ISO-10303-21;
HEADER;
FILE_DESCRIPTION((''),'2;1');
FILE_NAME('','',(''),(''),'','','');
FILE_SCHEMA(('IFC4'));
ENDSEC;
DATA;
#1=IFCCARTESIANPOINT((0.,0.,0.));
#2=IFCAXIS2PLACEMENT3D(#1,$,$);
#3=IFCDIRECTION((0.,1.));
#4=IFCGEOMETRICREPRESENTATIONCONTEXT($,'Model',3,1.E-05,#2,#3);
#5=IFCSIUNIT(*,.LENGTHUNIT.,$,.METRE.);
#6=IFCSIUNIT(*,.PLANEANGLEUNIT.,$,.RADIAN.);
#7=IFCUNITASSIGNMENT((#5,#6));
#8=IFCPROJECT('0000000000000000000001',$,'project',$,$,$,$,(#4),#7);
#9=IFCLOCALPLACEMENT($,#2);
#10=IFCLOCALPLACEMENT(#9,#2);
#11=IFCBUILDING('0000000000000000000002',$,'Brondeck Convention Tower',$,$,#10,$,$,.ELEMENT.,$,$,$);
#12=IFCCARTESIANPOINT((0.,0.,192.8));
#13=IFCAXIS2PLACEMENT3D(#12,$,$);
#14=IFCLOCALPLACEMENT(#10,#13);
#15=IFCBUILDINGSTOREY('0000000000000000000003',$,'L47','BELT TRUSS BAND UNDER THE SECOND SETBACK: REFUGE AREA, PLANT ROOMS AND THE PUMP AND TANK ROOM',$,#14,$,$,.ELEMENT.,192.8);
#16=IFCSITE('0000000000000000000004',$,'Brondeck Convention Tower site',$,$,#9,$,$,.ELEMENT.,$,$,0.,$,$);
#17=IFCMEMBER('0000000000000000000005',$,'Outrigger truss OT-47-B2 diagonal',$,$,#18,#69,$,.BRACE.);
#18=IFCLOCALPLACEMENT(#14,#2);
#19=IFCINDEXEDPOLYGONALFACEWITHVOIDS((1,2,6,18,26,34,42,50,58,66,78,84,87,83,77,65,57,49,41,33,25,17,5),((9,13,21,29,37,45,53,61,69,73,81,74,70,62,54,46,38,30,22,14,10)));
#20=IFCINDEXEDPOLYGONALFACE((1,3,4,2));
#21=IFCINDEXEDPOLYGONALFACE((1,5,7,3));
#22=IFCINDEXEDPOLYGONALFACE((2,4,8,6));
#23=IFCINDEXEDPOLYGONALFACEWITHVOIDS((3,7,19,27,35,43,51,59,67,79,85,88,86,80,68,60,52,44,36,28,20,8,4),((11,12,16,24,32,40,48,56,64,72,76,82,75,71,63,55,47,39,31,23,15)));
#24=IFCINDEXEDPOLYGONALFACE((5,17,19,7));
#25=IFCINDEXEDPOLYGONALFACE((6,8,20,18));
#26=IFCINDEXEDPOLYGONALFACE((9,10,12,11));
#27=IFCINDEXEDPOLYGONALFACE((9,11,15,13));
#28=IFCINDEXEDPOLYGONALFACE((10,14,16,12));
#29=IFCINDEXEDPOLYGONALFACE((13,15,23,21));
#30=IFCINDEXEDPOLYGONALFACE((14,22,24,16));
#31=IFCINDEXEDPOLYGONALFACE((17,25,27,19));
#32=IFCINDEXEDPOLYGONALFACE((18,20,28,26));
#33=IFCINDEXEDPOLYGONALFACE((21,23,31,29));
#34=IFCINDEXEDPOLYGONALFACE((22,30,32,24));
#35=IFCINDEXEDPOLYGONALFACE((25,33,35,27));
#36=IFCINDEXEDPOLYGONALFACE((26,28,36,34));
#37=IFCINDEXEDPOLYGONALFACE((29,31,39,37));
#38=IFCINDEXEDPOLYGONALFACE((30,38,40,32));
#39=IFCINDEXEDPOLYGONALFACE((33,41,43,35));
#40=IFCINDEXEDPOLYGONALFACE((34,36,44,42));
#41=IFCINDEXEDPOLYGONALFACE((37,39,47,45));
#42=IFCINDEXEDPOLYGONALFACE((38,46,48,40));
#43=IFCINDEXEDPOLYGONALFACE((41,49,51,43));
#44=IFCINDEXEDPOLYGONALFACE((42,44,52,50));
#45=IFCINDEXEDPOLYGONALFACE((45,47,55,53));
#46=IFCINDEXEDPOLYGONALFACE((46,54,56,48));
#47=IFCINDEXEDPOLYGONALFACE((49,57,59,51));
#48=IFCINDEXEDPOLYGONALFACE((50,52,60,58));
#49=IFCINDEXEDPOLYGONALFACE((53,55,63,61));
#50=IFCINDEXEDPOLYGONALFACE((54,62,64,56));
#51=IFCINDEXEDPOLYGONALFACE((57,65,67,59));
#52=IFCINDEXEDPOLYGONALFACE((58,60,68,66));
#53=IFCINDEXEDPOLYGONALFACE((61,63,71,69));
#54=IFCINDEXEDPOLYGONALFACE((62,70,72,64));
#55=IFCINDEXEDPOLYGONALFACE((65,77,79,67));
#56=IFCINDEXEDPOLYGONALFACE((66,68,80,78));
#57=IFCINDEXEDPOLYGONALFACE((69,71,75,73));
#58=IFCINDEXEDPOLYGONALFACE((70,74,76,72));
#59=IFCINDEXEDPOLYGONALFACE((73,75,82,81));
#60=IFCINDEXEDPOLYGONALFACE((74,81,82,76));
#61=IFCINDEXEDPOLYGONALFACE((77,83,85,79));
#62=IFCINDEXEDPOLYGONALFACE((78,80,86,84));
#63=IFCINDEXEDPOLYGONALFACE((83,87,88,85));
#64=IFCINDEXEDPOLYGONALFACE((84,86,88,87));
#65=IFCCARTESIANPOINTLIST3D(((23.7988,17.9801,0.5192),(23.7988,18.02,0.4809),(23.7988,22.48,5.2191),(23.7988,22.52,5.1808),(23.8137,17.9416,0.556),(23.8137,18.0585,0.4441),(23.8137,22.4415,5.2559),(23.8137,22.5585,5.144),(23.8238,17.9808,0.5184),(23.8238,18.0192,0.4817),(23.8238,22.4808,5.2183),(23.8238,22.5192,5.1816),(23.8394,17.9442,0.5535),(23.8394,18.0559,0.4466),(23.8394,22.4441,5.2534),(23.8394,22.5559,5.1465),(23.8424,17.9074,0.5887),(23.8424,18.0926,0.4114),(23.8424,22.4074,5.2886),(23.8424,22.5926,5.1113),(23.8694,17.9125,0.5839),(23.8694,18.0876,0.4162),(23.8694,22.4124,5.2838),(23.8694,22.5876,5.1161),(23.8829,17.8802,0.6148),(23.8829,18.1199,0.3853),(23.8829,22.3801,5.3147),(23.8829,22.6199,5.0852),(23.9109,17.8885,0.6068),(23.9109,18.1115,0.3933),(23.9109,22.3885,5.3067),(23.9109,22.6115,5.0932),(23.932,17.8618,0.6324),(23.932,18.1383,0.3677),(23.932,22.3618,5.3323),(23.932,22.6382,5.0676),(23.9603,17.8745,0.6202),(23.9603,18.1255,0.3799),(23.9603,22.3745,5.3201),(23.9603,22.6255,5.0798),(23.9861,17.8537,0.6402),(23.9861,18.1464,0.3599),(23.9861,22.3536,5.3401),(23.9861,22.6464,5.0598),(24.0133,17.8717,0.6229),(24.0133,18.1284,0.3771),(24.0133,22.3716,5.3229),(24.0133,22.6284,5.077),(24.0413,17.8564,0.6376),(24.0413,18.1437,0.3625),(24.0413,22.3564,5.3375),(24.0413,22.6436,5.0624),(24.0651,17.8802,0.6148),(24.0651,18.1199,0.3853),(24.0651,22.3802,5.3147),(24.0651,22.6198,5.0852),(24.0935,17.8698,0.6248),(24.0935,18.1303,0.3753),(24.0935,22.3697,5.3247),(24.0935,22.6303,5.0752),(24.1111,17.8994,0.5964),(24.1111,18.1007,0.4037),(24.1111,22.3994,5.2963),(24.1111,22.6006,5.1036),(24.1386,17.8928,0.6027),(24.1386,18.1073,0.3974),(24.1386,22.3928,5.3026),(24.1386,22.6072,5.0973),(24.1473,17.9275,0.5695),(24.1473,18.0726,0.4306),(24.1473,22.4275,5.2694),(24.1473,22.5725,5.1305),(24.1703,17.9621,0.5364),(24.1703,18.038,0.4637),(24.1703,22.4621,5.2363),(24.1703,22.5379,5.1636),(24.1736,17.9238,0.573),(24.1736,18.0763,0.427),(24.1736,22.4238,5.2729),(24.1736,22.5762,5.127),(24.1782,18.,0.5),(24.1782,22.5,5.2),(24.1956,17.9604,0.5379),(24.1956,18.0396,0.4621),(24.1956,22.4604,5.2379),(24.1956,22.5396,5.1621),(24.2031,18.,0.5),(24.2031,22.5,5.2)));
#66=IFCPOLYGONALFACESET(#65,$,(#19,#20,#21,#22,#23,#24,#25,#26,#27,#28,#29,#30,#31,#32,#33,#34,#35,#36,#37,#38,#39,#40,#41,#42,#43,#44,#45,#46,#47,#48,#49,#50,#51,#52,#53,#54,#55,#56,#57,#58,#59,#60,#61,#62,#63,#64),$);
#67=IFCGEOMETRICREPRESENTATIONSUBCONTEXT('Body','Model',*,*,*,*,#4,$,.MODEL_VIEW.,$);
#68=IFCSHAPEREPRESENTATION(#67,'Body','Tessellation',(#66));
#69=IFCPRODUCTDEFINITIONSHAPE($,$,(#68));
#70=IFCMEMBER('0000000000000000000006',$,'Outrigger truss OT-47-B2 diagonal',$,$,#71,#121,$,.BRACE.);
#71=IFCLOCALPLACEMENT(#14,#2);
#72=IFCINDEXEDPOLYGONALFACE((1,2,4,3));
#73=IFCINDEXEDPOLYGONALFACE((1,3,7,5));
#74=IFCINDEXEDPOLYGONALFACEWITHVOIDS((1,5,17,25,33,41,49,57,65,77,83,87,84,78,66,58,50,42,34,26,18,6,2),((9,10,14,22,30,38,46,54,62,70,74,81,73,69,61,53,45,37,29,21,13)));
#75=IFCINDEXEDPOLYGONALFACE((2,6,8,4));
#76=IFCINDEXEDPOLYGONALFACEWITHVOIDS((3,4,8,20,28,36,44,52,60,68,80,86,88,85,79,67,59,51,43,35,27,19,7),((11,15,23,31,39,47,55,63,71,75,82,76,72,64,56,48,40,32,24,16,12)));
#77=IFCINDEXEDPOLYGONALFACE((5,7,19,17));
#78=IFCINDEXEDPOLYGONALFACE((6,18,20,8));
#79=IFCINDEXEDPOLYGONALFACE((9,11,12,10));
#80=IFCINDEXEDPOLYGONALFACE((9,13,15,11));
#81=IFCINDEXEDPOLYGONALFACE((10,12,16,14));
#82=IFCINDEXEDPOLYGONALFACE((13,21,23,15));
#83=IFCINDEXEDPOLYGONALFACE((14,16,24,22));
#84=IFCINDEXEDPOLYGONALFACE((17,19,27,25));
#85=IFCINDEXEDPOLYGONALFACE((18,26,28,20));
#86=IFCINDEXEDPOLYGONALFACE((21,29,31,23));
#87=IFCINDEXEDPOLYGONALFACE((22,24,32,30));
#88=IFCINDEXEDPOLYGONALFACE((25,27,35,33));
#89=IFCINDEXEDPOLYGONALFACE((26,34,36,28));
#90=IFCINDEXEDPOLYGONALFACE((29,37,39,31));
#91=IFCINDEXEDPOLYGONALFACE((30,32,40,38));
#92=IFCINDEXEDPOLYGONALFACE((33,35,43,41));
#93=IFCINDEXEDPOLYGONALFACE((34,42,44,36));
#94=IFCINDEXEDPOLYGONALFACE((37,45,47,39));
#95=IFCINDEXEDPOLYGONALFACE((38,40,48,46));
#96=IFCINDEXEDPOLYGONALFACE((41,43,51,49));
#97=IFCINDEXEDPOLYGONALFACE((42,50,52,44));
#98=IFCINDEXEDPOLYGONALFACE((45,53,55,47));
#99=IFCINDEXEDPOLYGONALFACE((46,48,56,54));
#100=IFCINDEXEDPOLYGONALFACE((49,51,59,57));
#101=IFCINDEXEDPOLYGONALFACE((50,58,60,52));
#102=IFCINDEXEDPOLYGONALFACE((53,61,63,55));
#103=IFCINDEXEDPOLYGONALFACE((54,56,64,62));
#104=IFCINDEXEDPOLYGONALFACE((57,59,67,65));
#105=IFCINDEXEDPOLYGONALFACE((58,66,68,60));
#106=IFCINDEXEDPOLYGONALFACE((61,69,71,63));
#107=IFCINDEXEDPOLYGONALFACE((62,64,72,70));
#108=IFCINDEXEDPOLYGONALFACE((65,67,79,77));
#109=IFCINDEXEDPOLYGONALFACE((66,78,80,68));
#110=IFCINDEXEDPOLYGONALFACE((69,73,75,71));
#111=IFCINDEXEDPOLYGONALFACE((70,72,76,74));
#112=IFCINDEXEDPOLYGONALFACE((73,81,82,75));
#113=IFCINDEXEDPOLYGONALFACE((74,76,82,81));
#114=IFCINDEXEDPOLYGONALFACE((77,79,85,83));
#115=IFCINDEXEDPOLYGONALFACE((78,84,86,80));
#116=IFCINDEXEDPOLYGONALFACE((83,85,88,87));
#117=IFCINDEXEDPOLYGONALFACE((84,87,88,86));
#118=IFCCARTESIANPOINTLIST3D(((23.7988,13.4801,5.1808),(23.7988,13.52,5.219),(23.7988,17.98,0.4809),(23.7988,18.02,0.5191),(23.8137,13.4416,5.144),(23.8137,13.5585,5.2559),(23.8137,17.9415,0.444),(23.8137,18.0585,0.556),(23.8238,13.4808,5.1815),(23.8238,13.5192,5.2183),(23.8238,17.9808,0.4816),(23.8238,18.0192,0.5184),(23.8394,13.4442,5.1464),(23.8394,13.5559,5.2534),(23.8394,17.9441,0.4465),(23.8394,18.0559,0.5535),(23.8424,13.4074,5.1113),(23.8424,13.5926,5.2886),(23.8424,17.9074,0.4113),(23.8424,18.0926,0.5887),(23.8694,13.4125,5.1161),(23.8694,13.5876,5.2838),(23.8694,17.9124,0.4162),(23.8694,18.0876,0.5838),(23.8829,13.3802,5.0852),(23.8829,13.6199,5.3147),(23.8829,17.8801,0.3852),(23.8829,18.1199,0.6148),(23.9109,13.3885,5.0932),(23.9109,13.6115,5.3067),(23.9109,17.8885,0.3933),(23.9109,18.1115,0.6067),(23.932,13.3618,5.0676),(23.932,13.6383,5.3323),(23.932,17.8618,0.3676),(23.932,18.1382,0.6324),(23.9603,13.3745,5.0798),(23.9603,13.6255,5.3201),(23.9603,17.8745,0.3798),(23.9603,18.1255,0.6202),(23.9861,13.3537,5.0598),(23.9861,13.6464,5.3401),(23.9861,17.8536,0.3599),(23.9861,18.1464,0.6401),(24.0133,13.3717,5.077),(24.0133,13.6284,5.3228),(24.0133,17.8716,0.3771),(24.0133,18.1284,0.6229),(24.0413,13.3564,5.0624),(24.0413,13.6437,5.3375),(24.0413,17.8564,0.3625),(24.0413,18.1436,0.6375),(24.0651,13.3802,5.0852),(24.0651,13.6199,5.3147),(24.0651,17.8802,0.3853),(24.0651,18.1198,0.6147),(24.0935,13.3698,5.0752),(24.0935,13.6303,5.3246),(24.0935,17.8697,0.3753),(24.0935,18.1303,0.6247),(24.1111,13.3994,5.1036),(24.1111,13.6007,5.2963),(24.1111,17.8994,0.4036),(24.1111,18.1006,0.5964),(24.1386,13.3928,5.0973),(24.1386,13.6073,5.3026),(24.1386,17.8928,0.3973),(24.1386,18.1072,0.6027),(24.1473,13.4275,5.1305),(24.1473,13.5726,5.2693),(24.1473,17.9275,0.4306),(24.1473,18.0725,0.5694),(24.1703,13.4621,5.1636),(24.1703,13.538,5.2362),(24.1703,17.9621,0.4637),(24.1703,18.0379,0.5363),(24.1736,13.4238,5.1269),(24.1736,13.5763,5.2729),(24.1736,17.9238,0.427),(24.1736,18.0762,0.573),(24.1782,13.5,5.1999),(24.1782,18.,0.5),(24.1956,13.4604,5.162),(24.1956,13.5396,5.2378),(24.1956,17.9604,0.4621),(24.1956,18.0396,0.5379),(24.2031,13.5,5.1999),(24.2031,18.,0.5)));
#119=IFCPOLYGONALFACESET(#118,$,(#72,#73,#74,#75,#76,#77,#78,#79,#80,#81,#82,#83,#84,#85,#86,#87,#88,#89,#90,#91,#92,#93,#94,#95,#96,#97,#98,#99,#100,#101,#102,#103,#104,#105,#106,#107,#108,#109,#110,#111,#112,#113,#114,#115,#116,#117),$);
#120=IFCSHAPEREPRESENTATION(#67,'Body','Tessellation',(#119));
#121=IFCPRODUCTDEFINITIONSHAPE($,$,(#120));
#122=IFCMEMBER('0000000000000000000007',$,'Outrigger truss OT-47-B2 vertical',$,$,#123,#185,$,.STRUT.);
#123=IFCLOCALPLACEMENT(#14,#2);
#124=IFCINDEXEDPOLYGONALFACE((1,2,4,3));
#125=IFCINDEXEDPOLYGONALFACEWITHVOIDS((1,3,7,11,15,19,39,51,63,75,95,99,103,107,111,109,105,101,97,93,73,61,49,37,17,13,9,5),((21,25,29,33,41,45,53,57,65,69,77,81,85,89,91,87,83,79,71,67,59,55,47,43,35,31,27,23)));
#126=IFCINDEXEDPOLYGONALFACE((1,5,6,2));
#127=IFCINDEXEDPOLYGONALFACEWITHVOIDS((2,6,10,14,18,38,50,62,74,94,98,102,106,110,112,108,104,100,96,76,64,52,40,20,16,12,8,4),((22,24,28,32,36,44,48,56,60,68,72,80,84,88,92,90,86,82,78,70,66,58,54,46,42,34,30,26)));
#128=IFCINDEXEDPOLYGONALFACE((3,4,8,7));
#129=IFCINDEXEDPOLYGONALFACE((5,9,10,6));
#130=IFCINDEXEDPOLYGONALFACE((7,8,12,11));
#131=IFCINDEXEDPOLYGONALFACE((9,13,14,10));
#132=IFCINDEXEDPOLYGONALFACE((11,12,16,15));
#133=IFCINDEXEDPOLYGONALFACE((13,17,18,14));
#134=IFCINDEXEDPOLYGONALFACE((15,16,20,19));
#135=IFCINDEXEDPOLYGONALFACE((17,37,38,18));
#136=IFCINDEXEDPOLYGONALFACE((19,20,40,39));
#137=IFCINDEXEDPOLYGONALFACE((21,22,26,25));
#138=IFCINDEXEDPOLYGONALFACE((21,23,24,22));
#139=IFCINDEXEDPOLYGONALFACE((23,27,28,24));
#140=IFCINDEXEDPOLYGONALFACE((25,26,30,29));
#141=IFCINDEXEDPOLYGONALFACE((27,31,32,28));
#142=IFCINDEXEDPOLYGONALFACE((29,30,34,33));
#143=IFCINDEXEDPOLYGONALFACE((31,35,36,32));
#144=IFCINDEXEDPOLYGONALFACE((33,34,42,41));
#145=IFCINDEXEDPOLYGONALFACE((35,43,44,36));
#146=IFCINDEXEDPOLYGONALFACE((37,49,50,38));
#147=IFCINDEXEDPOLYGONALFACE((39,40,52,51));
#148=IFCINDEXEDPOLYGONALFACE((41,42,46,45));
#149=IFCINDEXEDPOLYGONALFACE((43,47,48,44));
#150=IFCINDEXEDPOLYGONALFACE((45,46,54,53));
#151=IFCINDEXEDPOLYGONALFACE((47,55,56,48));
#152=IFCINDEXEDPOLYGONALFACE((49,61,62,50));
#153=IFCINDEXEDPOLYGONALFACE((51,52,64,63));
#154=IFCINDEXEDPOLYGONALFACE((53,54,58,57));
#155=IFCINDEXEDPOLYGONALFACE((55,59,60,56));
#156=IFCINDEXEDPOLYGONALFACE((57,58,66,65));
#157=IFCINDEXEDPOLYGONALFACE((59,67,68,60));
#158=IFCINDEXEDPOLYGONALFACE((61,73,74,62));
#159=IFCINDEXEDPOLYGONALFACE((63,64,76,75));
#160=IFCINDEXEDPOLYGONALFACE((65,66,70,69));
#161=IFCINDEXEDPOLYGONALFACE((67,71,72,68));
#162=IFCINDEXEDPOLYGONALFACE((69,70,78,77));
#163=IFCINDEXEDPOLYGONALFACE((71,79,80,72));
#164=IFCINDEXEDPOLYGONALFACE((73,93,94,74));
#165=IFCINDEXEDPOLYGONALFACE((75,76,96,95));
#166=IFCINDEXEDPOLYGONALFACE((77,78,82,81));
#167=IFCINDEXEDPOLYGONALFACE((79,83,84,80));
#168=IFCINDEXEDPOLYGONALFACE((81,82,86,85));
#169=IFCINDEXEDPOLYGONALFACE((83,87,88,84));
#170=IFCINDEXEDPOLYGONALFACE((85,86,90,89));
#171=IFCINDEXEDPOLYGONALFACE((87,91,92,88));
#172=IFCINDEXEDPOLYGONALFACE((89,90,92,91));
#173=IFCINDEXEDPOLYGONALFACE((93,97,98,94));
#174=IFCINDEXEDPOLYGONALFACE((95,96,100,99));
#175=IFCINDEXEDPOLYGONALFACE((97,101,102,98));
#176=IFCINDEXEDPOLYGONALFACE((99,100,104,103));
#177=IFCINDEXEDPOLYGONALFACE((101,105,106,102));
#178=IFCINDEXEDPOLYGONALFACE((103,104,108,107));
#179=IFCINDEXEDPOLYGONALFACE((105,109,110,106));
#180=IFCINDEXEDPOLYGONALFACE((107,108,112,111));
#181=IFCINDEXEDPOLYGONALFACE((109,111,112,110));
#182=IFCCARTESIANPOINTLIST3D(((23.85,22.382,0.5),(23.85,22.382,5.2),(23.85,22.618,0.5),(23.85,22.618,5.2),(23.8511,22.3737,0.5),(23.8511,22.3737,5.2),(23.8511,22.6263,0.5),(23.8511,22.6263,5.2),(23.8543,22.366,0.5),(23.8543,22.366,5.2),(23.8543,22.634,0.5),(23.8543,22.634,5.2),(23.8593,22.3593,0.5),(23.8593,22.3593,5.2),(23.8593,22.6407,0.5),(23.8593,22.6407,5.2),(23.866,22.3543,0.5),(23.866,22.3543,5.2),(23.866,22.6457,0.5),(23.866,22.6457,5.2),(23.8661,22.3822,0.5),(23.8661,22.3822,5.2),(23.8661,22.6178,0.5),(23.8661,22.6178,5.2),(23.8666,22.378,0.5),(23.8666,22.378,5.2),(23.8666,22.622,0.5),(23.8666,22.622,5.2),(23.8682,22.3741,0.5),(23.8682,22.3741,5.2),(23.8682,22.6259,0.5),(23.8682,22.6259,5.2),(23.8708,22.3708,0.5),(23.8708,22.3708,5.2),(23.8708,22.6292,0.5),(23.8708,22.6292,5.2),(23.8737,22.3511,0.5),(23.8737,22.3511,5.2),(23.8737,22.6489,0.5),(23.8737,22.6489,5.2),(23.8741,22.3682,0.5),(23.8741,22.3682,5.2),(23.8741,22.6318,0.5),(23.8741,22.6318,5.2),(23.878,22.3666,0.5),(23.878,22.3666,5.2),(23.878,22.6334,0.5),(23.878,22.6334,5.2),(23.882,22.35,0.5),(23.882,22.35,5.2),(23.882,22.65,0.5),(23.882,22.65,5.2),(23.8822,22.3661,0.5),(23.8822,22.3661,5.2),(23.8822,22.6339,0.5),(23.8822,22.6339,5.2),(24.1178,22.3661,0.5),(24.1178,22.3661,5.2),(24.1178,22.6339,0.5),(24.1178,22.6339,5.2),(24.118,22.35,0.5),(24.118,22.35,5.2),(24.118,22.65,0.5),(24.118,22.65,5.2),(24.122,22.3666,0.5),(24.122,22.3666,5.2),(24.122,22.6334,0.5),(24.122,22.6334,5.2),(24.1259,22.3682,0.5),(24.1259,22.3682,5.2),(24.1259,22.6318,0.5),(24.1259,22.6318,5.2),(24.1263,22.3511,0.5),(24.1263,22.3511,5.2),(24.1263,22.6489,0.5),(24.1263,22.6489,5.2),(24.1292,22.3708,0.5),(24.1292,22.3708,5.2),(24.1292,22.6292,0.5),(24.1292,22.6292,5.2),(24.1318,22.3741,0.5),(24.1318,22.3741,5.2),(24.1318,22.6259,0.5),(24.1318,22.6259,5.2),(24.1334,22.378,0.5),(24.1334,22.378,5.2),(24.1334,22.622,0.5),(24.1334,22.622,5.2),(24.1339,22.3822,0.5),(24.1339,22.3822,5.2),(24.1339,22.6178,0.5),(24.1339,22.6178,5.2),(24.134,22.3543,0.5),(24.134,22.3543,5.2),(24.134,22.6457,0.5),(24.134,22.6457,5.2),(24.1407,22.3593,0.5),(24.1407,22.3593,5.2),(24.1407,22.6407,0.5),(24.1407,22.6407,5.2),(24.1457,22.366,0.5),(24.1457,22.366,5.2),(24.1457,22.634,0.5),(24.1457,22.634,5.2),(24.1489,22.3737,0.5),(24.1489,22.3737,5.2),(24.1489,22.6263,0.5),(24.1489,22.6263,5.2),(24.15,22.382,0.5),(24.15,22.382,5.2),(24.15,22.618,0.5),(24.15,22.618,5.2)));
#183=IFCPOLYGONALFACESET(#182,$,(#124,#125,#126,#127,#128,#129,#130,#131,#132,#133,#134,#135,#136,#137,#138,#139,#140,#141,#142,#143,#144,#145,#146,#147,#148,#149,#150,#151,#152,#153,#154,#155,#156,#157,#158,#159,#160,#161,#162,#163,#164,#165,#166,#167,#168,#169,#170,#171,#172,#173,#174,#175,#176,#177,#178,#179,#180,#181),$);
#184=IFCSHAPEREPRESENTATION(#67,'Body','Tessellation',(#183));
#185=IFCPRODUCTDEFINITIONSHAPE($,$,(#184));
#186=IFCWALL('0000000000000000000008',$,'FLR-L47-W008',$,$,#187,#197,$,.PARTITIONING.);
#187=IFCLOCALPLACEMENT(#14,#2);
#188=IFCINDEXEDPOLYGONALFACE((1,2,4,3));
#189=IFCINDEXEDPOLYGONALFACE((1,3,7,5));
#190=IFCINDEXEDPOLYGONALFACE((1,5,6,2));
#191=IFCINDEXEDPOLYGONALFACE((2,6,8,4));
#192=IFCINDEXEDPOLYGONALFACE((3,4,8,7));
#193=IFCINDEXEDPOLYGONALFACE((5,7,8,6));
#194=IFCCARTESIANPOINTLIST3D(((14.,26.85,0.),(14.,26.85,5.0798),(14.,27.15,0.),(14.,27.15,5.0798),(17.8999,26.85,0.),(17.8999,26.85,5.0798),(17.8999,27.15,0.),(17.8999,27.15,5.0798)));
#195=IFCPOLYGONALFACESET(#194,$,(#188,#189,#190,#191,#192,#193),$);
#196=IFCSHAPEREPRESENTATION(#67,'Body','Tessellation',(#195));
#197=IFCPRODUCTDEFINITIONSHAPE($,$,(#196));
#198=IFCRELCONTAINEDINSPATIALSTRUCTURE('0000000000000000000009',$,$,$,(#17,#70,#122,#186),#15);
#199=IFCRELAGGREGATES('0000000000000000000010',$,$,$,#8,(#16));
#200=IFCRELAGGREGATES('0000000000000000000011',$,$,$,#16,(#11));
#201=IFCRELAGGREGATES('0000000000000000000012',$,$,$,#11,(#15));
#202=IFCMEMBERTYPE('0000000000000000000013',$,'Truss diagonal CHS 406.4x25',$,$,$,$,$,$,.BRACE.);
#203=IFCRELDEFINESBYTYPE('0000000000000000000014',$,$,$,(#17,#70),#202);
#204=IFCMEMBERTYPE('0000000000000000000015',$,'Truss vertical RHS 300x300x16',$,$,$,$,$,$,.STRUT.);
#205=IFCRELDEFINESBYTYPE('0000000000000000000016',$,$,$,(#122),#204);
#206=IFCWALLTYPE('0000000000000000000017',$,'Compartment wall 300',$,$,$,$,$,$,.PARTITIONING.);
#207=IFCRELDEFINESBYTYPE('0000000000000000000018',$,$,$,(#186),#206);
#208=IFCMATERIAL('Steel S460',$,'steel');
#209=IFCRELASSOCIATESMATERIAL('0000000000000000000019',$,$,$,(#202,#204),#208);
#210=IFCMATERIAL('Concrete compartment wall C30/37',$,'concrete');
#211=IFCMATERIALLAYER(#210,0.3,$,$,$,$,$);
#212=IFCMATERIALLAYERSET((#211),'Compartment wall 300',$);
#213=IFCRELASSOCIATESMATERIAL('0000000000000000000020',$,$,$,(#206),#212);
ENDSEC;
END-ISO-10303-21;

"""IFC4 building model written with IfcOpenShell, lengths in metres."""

from ifc_helpers import new_model, si_unit, direction, frame, frame_2d, origin, origin_2d, place, context, subcontext, project, spatial, rectangle, hollow_rectangle, hollow_circle, extrude, material, layer, layer_set, material_profile, profile_set, type_object, element, save


model = new_model("IFC4")

# Units and contexts
model_context = context("Model", 3, precision=1e-05, world=origin(), true_north=direction((0.0, 1.0)))
body_context = subcontext(model_context, "Body", "Model", "MODEL_VIEW")
ifc_project = project(units=[si_unit("LENGTHUNIT", "METRE"), si_unit("PLANEANGLEUNIT", "RADIAN")], contexts=[model_context])

# Site, building, storey
site_placement = place(None, origin())
site = spatial("IfcSite", under=ifc_project, at=site_placement, Name="Brondeck Convention Tower site", CompositionType="ELEMENT", RefElevation=0.0)
building_placement = place(site_placement, origin())
building = spatial("IfcBuilding", under=site, at=building_placement, Name="Brondeck Convention Tower", CompositionType="ELEMENT")
storey_placement = place(building_placement, frame((0.0, 0.0, 192.8)))
storey = spatial("IfcBuildingStorey", under=building, at=storey_placement, Name="L47", Description="BELT TRUSS BAND UNDER THE SECOND SETBACK: REFUGE AREA, PLANT ROOMS AND THE PUMP AND TANK ROOM", CompositionType="ELEMENT", Elevation=192.8)

# Members
ifc_material_1 = material(Name="Steel S460", Category="steel")
ifc_material_profile_1 = material_profile(ifc_material_1, hollow_circle(Radius=0.2031, WallThickness=0.0249, at=origin_2d()), Name="CHS 406.4x25")
ifc_profile_set_1 = profile_set([ifc_material_profile_1], Name="Steel S460")
member_type_1 = type_object("IfcMemberType", Name="Truss diagonal CHS 406.4x25", PredefinedType="BRACE", material=ifc_profile_set_1)
for number, where, z_axis, x_axis, name in (
    (1, (24.0, 22.5, 5.2), (0.0, -0.691575, -0.722304), (1.0, 0.0, 0.0), "Outrigger truss OT-47-B2 diagonal"),
    (2, (24.0, 18.0, 0.5), (0.0, -0.691575, 0.722304), (1.0, 0.0, 0.0), "Outrigger truss OT-47-B2 diagonal"),
):
    element("IfcMember", number, at=place(storey_placement, frame(where, z_axis=z_axis, x_axis=x_axis)), inside=storey, type_object=member_type_1, Name=name, PredefinedType="BRACE", context=body_context, shape_type="SweptSolid", body=[
        extrude(hollow_circle(Radius=0.2031, WallThickness=0.0249, at=origin_2d()), origin(), (0.0, 0.0, 1.0), 6.5068),
    ])
ifc_material_profile_2 = material_profile(ifc_material_1, hollow_rectangle(XDim=0.3, YDim=0.3, WallThickness=0.0161, InnerFilletRadius=0.0161, OuterFilletRadius=0.032, at=origin_2d()), Name="RHS 300x300x16")
ifc_profile_set_2 = profile_set([ifc_material_profile_2], Name="Steel S460")
member_type_2 = type_object("IfcMemberType", Name="Truss vertical RHS 300x300x16", PredefinedType="STRUT", material=ifc_profile_set_2)
member_1_placement = place(storey_placement, frame((24.0, 22.5, 0.5), z_axis=(0.0, 0.0, 1.0), x_axis=(1.0, 0.0, 0.0)))
element("IfcMember", 3, at=member_1_placement, inside=storey, type_object=member_type_2, Name="Outrigger truss OT-47-B2 vertical", PredefinedType="STRUT", context=body_context, shape_type="SweptSolid", body=[
    extrude(hollow_rectangle(XDim=0.3, YDim=0.3, WallThickness=0.0161, InnerFilletRadius=0.0161, OuterFilletRadius=0.032, at=origin_2d()), origin(), (0.0, 0.0, 1.0), 4.7),
])

# Wall
ifc_material_2 = material(Name="Concrete compartment wall C30/37", Category="concrete")
ifc_layer_1 = layer(ifc_material_2, 0.3)
ifc_layer_set_1 = layer_set([ifc_layer_1], Name="Compartment wall 300")
wall_type_1 = type_object("IfcWallType", Name="Compartment wall 300", PredefinedType="PARTITIONING", material=ifc_layer_set_1)
wall_1_placement = place(storey_placement, frame((17.8999, 27.0, 0.0), z_axis=(0.0, 0.0, 1.0), x_axis=(-1.0, 0.0, 0.0)))
element("IfcWall", 4, at=wall_1_placement, inside=storey, type_object=wall_type_1, Name="FLR-L47-W008", PredefinedType="PARTITIONING", context=body_context, shape_type="SweptSolid", body=[
    extrude(rectangle(XDim=3.8999, YDim=0.3, at=frame_2d((1.95, 0.0))), origin(), (0.0, 0.0, 1.0), 5.0798),
])

save(model, "model.ifc")
